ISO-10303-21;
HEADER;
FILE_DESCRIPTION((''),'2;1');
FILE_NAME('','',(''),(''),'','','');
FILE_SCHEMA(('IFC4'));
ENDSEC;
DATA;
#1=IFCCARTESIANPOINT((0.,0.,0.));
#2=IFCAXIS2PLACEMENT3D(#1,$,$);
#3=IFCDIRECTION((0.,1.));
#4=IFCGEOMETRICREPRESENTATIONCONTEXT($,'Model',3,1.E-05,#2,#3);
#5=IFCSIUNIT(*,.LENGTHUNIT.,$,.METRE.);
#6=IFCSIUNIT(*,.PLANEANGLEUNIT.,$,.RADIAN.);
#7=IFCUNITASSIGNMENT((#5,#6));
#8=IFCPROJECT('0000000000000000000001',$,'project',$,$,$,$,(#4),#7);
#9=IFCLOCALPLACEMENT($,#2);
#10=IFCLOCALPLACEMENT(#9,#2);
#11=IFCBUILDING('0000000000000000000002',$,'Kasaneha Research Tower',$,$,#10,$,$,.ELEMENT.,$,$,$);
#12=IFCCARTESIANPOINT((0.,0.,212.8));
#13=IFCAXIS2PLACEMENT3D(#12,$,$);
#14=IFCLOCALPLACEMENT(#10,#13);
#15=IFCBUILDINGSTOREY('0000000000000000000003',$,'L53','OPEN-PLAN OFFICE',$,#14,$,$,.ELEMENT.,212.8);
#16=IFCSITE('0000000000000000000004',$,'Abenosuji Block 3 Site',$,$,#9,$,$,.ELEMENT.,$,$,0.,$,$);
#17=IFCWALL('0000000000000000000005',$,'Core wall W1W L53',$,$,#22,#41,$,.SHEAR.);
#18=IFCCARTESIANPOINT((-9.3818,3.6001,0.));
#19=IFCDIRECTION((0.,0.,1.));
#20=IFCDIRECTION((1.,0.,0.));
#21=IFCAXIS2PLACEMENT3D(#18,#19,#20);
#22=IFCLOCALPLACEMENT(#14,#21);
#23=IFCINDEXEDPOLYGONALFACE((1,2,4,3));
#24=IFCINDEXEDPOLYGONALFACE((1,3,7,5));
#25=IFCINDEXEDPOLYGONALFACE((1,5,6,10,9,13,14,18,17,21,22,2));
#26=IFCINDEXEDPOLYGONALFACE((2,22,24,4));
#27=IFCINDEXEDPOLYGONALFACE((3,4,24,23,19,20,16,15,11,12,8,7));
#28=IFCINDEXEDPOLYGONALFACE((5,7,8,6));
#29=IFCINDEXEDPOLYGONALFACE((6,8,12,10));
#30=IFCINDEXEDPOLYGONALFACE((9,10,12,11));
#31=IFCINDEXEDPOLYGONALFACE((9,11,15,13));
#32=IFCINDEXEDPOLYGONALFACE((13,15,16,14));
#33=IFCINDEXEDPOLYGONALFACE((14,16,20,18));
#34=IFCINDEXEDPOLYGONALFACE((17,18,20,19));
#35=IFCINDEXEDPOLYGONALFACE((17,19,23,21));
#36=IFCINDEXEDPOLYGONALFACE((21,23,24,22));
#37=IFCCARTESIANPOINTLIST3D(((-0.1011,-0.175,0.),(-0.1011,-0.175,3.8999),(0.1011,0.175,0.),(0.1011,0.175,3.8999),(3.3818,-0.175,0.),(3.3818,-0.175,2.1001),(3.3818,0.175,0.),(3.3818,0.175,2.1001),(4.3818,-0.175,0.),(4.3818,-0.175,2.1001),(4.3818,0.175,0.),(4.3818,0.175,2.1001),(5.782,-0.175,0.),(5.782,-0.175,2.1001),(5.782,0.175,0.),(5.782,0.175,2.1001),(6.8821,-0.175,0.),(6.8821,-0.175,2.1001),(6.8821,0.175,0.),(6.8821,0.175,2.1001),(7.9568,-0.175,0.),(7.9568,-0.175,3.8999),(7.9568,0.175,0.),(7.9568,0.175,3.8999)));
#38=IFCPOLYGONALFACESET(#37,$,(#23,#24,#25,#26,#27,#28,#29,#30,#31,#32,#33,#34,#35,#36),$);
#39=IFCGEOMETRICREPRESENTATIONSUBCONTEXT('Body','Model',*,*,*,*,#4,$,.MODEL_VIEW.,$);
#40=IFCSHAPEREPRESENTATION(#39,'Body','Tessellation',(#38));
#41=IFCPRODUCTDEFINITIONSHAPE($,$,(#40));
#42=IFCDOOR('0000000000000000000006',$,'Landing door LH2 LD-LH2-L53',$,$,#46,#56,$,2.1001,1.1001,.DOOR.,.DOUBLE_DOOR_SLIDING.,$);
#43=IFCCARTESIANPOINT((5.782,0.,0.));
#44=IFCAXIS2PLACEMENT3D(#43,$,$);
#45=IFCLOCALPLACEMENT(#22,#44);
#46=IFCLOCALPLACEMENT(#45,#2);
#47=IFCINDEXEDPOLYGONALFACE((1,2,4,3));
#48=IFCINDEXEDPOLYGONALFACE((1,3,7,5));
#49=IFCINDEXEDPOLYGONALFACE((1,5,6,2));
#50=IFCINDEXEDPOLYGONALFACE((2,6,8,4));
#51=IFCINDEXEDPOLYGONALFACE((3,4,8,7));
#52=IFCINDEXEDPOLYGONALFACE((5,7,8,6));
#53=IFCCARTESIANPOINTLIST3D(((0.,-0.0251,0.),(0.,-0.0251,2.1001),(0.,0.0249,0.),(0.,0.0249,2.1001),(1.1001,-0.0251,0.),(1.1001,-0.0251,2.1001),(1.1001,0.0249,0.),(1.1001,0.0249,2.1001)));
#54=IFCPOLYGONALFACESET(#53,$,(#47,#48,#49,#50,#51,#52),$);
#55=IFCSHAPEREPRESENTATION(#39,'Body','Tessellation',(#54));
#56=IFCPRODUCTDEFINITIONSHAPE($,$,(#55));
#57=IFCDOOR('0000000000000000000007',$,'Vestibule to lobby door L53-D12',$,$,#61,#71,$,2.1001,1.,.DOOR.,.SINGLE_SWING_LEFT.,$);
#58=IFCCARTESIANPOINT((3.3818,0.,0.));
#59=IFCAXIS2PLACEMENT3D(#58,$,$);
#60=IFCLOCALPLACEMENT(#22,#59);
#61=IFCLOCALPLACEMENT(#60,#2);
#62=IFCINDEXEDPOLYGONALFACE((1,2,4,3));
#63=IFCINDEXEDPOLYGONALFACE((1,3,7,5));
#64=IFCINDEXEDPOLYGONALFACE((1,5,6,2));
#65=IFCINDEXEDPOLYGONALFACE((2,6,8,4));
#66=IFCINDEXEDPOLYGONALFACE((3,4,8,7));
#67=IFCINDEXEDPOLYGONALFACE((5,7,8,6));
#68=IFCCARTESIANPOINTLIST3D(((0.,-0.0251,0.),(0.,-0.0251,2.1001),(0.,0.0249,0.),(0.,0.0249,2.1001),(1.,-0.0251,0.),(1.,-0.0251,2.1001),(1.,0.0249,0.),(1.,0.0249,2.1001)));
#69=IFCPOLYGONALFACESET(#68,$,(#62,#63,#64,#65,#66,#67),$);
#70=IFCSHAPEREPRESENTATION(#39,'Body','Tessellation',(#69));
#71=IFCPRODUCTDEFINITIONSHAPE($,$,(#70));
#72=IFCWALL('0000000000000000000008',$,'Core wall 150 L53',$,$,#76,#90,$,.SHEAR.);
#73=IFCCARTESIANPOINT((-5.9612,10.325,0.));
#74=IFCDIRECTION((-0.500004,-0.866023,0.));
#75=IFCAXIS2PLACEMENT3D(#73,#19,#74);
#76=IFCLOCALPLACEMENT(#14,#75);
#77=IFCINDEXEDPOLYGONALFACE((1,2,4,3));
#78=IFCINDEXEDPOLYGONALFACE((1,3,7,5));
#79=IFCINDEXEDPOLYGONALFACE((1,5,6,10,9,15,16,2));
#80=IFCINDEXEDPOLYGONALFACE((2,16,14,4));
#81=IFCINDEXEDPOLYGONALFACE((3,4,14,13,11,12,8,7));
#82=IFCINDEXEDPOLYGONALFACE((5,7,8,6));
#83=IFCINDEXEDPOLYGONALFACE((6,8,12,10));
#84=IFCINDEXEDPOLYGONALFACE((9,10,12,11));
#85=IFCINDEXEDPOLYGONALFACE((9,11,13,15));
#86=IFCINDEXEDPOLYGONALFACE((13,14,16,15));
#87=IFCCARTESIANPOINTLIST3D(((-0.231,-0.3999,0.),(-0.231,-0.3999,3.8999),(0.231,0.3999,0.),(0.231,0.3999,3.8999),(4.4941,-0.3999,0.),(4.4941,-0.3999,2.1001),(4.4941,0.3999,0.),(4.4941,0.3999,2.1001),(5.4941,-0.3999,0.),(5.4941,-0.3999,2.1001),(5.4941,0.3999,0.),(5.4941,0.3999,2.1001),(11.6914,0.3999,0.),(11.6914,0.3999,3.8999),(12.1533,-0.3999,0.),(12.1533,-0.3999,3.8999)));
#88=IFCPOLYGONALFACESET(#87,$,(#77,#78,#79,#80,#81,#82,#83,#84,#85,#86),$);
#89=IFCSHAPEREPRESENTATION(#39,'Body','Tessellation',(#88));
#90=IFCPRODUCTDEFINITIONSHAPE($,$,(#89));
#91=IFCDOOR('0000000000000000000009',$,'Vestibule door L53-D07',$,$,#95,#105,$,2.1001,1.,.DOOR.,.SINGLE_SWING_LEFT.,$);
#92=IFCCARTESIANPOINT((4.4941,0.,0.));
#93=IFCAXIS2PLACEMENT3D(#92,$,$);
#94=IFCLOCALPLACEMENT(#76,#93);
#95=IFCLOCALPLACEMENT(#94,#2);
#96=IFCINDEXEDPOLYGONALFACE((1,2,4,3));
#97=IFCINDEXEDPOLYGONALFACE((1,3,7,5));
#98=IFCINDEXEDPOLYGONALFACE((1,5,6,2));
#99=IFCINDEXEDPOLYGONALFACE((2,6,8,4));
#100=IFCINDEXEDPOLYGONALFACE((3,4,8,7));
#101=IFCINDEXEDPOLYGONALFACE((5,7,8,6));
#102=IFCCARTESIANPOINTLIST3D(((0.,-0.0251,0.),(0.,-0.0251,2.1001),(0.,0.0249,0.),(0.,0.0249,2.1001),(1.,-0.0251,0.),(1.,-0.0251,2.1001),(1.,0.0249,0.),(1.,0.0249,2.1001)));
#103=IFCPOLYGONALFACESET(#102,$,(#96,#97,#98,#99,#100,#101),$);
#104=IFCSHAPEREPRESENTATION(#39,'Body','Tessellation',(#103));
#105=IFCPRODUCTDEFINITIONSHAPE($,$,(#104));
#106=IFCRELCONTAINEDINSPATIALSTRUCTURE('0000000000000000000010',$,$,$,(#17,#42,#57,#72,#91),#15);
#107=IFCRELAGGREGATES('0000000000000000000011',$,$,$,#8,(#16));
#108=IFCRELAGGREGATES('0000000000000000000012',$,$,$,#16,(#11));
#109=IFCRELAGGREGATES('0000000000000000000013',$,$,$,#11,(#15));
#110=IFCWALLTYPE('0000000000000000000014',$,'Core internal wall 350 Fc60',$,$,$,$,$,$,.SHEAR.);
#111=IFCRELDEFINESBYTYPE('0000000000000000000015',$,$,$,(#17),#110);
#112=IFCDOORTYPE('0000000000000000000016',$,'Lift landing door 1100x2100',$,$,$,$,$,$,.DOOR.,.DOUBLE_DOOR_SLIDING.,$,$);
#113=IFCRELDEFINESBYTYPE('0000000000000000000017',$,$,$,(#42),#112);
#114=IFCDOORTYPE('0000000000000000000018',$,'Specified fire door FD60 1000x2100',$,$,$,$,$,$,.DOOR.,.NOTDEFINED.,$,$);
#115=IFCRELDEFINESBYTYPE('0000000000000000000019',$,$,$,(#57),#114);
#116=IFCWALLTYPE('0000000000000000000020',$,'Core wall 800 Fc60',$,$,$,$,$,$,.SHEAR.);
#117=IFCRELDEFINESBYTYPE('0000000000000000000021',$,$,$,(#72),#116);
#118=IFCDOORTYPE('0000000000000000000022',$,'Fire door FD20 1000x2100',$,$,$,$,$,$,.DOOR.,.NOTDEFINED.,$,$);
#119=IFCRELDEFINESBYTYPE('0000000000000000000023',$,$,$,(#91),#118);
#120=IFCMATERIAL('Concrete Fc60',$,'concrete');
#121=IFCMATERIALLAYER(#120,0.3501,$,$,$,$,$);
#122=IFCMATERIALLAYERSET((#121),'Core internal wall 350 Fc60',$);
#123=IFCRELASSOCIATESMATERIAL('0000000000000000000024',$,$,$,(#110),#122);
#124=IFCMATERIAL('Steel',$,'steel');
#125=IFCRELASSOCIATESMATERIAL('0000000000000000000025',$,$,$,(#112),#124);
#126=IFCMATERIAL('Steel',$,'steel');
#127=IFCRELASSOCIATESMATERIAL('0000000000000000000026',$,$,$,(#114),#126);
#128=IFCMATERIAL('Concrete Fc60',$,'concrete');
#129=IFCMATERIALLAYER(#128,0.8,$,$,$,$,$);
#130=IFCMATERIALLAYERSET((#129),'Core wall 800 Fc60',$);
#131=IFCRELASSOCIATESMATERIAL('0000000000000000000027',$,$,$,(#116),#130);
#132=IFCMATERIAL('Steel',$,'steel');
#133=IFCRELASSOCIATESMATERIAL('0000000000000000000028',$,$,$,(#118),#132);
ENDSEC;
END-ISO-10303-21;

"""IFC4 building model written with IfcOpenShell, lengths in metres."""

from ifc_helpers import new_model, si_unit, direction, frame, frame_2d, origin, place, context, subcontext, project, spatial, polyline, rectangle, outline, extrude, material, layer, layer_set, type_object, element, fill, save


model = new_model("IFC4")

# Units and contexts
model_context = context("Model", 3, precision=1e-05, world=origin(), true_north=direction((0.0, 1.0)))
body_context = subcontext(model_context, "Body", "Model", "MODEL_VIEW")
ifc_project = project(units=[si_unit("LENGTHUNIT", "METRE"), si_unit("PLANEANGLEUNIT", "RADIAN")], contexts=[model_context])

# Site, building, storey
site_placement = place(None, origin())
site = spatial("IfcSite", under=ifc_project, at=site_placement, Name="Abenosuji Block 3 Site", CompositionType="ELEMENT", RefElevation=0.0)
building_placement = place(site_placement, origin())
building = spatial("IfcBuilding", under=site, at=building_placement, Name="Kasaneha Research Tower", CompositionType="ELEMENT")
storey_placement = place(building_placement, frame((0.0, 0.0, 212.8)))
storey = spatial("IfcBuildingStorey", under=building, at=storey_placement, Name="L53", Description="OPEN-PLAN OFFICE", CompositionType="ELEMENT", Elevation=212.8)

# Wall, openings, doors
ifc_material_1 = material(Name="Concrete Fc60", Category="concrete")
ifc_layer_1 = layer(ifc_material_1, 0.3501)
ifc_layer_set_1 = layer_set([ifc_layer_1], Name="Core internal wall 350 Fc60")
wall_type_1 = type_object("IfcWallType", Name="Core internal wall 350 Fc60", PredefinedType="SHEAR", material=ifc_layer_set_1)
wall_1_placement = place(storey_placement, frame((-9.3818, 3.6001, 0.0), z_axis=(0.0, 0.0, 1.0), x_axis=(1.0, 0.0, 0.0)))
wall_1 = element("IfcWall", 1, at=wall_1_placement, inside=storey, type_object=wall_type_1, Name="Core wall W1W L53", PredefinedType="SHEAR", context=body_context, shape_type="SweptSolid", body=[
    extrude(outline(polyline([(-0.1011, -0.175), (3.3818, -0.175), (4.3818, -0.175), (5.782, -0.175), (6.8821, -0.175), (7.9568, -0.175), (7.9568, 0.175), (6.8821, 0.175), (5.782, 0.175), (4.3818, 0.175), (3.3818, 0.175), (0.1011, 0.175), (-0.1011, -0.175)])), origin(), (0.0, 0.0, 1.0), 3.8999),
])
opening_1_placement = place(wall_1_placement, frame((3.3818, 0.0, 0.0)))
opening_1 = element("IfcOpeningElement", 2, at=opening_1_placement, cuts=wall_1, PredefinedType="OPENING", context=body_context, shape_type="SweptSolid", body=[
    extrude(rectangle(XDim=1.0, YDim=2.1001, at=frame_2d((0.5, 1.05))), frame((0.0, 0.1851, 0.0), z_axis=(0.0, -1.0, 0.0), x_axis=(1.0, 0.0, 0.0)), (0.0, 0.0, 1.0), 0.3701),
])
opening_2_placement = place(wall_1_placement, frame((5.782, 0.0, 0.0)))
opening_2 = element("IfcOpeningElement", 3, at=opening_2_placement, cuts=wall_1, PredefinedType="OPENING", context=body_context, shape_type="SweptSolid", body=[
    extrude(rectangle(XDim=1.1001, YDim=2.1001, at=frame_2d((0.55, 1.05))), frame((0.0, 0.1851, 0.0), z_axis=(0.0, -1.0, 0.0), x_axis=(1.0, 0.0, 0.0)), (0.0, 0.0, 1.0), 0.3701),
])
ifc_material_2 = material(Name="Steel", Category="steel")
door_type_1 = type_object("IfcDoorType", Name="Lift landing door 1100x2100", OperationType="DOUBLE_DOOR_SLIDING", PredefinedType="DOOR", material=ifc_material_2)
door_1_placement = place(opening_2_placement, origin())
door_1 = element("IfcDoor", 4, at=door_1_placement, inside=storey, type_object=door_type_1, Name="Landing door LH2 LD-LH2-L53", OperationType="DOUBLE_DOOR_SLIDING", OverallHeight=2.1001, OverallWidth=1.1001, PredefinedType="DOOR", context=body_context, shape_type="SweptSolid", body=[
    extrude(rectangle(XDim=1.1001, YDim=2.1001, at=frame_2d((0.55, 1.05))), frame((0.0, 0.0249, 0.0), z_axis=(0.0, -1.0, 0.0), x_axis=(1.0, 0.0, 0.0)), (0.0, 0.0, 1.0), 0.05),
])
fill(opening_2, door_1)
ifc_material_3 = material(Name="Steel", Category="steel")
door_type_2 = type_object("IfcDoorType", Name="Specified fire door FD60 1000x2100", OperationType="NOTDEFINED", PredefinedType="DOOR", material=ifc_material_3)
door_2_placement = place(opening_1_placement, origin())
door_2 = element("IfcDoor", 5, at=door_2_placement, inside=storey, type_object=door_type_2, Name="Vestibule to lobby door L53-D12", OperationType="SINGLE_SWING_LEFT", OverallHeight=2.1001, OverallWidth=1.0, PredefinedType="DOOR", context=body_context, shape_type="SweptSolid", body=[
    extrude(rectangle(XDim=1.0, YDim=2.1001, at=frame_2d((0.5, 1.05))), frame((0.0, 0.0249, 0.0), z_axis=(0.0, -1.0, 0.0), x_axis=(1.0, 0.0, 0.0)), (0.0, 0.0, 1.0), 0.05),
])
fill(opening_1, door_2)

# Wall, opening, door
ifc_material_4 = material(Name="Concrete Fc60", Category="concrete")
ifc_layer_2 = layer(ifc_material_4, 0.8)
ifc_layer_set_2 = layer_set([ifc_layer_2], Name="Core wall 800 Fc60")
wall_type_2 = type_object("IfcWallType", Name="Core wall 800 Fc60", PredefinedType="SHEAR", material=ifc_layer_set_2)
wall_2_placement = place(storey_placement, frame((-5.9612, 10.325, 0.0), z_axis=(0.0, 0.0, 1.0), x_axis=(-0.500004, -0.866023, 0.0)))
wall_2 = element("IfcWall", 6, at=wall_2_placement, inside=storey, type_object=wall_type_2, Name="Core wall 150 L53", PredefinedType="SHEAR", context=body_context, shape_type="SweptSolid", body=[
    extrude(outline(polyline([(-0.231, -0.3999), (4.4941, -0.3999), (5.4941, -0.3999), (12.1533, -0.3999), (11.6914, 0.3999), (5.4941, 0.3999), (4.4941, 0.3999), (0.231, 0.3999), (-0.231, -0.3999)])), origin(), (0.0, 0.0, 1.0), 3.8999),
])
opening_3_placement = place(wall_2_placement, frame((4.4941, 0.0, 0.0)))
opening_3 = element("IfcOpeningElement", 7, at=opening_3_placement, cuts=wall_2, PredefinedType="OPENING", context=body_context, shape_type="SweptSolid", body=[
    extrude(rectangle(XDim=1.0, YDim=2.1001, at=frame_2d((0.5, 1.05))), frame((0.0, 0.4102, 0.0), z_axis=(0.0, -1.0, 0.0), x_axis=(1.0, 0.0, 0.0)), (0.0, 0.0, 1.0), 0.8201),
])
ifc_material_5 = material(Name="Steel", Category="steel")
door_type_3 = type_object("IfcDoorType", Name="Fire door FD20 1000x2100", OperationType="NOTDEFINED", PredefinedType="DOOR", material=ifc_material_5)
door_3_placement = place(opening_3_placement, origin())
door_3 = element("IfcDoor", 8, at=door_3_placement, inside=storey, type_object=door_type_3, Name="Vestibule door L53-D07", OperationType="SINGLE_SWING_LEFT", OverallHeight=2.1001, OverallWidth=1.0, PredefinedType="DOOR", context=body_context, shape_type="SweptSolid", body=[
    extrude(rectangle(XDim=1.0, YDim=2.1001, at=frame_2d((0.5, 1.05))), frame((0.0, 0.0249, 0.0), z_axis=(0.0, -1.0, 0.0), x_axis=(1.0, 0.0, 0.0)), (0.0, 0.0, 1.0), 0.05),
])
fill(opening_3, door_3)

save(model, "model.ifc")
